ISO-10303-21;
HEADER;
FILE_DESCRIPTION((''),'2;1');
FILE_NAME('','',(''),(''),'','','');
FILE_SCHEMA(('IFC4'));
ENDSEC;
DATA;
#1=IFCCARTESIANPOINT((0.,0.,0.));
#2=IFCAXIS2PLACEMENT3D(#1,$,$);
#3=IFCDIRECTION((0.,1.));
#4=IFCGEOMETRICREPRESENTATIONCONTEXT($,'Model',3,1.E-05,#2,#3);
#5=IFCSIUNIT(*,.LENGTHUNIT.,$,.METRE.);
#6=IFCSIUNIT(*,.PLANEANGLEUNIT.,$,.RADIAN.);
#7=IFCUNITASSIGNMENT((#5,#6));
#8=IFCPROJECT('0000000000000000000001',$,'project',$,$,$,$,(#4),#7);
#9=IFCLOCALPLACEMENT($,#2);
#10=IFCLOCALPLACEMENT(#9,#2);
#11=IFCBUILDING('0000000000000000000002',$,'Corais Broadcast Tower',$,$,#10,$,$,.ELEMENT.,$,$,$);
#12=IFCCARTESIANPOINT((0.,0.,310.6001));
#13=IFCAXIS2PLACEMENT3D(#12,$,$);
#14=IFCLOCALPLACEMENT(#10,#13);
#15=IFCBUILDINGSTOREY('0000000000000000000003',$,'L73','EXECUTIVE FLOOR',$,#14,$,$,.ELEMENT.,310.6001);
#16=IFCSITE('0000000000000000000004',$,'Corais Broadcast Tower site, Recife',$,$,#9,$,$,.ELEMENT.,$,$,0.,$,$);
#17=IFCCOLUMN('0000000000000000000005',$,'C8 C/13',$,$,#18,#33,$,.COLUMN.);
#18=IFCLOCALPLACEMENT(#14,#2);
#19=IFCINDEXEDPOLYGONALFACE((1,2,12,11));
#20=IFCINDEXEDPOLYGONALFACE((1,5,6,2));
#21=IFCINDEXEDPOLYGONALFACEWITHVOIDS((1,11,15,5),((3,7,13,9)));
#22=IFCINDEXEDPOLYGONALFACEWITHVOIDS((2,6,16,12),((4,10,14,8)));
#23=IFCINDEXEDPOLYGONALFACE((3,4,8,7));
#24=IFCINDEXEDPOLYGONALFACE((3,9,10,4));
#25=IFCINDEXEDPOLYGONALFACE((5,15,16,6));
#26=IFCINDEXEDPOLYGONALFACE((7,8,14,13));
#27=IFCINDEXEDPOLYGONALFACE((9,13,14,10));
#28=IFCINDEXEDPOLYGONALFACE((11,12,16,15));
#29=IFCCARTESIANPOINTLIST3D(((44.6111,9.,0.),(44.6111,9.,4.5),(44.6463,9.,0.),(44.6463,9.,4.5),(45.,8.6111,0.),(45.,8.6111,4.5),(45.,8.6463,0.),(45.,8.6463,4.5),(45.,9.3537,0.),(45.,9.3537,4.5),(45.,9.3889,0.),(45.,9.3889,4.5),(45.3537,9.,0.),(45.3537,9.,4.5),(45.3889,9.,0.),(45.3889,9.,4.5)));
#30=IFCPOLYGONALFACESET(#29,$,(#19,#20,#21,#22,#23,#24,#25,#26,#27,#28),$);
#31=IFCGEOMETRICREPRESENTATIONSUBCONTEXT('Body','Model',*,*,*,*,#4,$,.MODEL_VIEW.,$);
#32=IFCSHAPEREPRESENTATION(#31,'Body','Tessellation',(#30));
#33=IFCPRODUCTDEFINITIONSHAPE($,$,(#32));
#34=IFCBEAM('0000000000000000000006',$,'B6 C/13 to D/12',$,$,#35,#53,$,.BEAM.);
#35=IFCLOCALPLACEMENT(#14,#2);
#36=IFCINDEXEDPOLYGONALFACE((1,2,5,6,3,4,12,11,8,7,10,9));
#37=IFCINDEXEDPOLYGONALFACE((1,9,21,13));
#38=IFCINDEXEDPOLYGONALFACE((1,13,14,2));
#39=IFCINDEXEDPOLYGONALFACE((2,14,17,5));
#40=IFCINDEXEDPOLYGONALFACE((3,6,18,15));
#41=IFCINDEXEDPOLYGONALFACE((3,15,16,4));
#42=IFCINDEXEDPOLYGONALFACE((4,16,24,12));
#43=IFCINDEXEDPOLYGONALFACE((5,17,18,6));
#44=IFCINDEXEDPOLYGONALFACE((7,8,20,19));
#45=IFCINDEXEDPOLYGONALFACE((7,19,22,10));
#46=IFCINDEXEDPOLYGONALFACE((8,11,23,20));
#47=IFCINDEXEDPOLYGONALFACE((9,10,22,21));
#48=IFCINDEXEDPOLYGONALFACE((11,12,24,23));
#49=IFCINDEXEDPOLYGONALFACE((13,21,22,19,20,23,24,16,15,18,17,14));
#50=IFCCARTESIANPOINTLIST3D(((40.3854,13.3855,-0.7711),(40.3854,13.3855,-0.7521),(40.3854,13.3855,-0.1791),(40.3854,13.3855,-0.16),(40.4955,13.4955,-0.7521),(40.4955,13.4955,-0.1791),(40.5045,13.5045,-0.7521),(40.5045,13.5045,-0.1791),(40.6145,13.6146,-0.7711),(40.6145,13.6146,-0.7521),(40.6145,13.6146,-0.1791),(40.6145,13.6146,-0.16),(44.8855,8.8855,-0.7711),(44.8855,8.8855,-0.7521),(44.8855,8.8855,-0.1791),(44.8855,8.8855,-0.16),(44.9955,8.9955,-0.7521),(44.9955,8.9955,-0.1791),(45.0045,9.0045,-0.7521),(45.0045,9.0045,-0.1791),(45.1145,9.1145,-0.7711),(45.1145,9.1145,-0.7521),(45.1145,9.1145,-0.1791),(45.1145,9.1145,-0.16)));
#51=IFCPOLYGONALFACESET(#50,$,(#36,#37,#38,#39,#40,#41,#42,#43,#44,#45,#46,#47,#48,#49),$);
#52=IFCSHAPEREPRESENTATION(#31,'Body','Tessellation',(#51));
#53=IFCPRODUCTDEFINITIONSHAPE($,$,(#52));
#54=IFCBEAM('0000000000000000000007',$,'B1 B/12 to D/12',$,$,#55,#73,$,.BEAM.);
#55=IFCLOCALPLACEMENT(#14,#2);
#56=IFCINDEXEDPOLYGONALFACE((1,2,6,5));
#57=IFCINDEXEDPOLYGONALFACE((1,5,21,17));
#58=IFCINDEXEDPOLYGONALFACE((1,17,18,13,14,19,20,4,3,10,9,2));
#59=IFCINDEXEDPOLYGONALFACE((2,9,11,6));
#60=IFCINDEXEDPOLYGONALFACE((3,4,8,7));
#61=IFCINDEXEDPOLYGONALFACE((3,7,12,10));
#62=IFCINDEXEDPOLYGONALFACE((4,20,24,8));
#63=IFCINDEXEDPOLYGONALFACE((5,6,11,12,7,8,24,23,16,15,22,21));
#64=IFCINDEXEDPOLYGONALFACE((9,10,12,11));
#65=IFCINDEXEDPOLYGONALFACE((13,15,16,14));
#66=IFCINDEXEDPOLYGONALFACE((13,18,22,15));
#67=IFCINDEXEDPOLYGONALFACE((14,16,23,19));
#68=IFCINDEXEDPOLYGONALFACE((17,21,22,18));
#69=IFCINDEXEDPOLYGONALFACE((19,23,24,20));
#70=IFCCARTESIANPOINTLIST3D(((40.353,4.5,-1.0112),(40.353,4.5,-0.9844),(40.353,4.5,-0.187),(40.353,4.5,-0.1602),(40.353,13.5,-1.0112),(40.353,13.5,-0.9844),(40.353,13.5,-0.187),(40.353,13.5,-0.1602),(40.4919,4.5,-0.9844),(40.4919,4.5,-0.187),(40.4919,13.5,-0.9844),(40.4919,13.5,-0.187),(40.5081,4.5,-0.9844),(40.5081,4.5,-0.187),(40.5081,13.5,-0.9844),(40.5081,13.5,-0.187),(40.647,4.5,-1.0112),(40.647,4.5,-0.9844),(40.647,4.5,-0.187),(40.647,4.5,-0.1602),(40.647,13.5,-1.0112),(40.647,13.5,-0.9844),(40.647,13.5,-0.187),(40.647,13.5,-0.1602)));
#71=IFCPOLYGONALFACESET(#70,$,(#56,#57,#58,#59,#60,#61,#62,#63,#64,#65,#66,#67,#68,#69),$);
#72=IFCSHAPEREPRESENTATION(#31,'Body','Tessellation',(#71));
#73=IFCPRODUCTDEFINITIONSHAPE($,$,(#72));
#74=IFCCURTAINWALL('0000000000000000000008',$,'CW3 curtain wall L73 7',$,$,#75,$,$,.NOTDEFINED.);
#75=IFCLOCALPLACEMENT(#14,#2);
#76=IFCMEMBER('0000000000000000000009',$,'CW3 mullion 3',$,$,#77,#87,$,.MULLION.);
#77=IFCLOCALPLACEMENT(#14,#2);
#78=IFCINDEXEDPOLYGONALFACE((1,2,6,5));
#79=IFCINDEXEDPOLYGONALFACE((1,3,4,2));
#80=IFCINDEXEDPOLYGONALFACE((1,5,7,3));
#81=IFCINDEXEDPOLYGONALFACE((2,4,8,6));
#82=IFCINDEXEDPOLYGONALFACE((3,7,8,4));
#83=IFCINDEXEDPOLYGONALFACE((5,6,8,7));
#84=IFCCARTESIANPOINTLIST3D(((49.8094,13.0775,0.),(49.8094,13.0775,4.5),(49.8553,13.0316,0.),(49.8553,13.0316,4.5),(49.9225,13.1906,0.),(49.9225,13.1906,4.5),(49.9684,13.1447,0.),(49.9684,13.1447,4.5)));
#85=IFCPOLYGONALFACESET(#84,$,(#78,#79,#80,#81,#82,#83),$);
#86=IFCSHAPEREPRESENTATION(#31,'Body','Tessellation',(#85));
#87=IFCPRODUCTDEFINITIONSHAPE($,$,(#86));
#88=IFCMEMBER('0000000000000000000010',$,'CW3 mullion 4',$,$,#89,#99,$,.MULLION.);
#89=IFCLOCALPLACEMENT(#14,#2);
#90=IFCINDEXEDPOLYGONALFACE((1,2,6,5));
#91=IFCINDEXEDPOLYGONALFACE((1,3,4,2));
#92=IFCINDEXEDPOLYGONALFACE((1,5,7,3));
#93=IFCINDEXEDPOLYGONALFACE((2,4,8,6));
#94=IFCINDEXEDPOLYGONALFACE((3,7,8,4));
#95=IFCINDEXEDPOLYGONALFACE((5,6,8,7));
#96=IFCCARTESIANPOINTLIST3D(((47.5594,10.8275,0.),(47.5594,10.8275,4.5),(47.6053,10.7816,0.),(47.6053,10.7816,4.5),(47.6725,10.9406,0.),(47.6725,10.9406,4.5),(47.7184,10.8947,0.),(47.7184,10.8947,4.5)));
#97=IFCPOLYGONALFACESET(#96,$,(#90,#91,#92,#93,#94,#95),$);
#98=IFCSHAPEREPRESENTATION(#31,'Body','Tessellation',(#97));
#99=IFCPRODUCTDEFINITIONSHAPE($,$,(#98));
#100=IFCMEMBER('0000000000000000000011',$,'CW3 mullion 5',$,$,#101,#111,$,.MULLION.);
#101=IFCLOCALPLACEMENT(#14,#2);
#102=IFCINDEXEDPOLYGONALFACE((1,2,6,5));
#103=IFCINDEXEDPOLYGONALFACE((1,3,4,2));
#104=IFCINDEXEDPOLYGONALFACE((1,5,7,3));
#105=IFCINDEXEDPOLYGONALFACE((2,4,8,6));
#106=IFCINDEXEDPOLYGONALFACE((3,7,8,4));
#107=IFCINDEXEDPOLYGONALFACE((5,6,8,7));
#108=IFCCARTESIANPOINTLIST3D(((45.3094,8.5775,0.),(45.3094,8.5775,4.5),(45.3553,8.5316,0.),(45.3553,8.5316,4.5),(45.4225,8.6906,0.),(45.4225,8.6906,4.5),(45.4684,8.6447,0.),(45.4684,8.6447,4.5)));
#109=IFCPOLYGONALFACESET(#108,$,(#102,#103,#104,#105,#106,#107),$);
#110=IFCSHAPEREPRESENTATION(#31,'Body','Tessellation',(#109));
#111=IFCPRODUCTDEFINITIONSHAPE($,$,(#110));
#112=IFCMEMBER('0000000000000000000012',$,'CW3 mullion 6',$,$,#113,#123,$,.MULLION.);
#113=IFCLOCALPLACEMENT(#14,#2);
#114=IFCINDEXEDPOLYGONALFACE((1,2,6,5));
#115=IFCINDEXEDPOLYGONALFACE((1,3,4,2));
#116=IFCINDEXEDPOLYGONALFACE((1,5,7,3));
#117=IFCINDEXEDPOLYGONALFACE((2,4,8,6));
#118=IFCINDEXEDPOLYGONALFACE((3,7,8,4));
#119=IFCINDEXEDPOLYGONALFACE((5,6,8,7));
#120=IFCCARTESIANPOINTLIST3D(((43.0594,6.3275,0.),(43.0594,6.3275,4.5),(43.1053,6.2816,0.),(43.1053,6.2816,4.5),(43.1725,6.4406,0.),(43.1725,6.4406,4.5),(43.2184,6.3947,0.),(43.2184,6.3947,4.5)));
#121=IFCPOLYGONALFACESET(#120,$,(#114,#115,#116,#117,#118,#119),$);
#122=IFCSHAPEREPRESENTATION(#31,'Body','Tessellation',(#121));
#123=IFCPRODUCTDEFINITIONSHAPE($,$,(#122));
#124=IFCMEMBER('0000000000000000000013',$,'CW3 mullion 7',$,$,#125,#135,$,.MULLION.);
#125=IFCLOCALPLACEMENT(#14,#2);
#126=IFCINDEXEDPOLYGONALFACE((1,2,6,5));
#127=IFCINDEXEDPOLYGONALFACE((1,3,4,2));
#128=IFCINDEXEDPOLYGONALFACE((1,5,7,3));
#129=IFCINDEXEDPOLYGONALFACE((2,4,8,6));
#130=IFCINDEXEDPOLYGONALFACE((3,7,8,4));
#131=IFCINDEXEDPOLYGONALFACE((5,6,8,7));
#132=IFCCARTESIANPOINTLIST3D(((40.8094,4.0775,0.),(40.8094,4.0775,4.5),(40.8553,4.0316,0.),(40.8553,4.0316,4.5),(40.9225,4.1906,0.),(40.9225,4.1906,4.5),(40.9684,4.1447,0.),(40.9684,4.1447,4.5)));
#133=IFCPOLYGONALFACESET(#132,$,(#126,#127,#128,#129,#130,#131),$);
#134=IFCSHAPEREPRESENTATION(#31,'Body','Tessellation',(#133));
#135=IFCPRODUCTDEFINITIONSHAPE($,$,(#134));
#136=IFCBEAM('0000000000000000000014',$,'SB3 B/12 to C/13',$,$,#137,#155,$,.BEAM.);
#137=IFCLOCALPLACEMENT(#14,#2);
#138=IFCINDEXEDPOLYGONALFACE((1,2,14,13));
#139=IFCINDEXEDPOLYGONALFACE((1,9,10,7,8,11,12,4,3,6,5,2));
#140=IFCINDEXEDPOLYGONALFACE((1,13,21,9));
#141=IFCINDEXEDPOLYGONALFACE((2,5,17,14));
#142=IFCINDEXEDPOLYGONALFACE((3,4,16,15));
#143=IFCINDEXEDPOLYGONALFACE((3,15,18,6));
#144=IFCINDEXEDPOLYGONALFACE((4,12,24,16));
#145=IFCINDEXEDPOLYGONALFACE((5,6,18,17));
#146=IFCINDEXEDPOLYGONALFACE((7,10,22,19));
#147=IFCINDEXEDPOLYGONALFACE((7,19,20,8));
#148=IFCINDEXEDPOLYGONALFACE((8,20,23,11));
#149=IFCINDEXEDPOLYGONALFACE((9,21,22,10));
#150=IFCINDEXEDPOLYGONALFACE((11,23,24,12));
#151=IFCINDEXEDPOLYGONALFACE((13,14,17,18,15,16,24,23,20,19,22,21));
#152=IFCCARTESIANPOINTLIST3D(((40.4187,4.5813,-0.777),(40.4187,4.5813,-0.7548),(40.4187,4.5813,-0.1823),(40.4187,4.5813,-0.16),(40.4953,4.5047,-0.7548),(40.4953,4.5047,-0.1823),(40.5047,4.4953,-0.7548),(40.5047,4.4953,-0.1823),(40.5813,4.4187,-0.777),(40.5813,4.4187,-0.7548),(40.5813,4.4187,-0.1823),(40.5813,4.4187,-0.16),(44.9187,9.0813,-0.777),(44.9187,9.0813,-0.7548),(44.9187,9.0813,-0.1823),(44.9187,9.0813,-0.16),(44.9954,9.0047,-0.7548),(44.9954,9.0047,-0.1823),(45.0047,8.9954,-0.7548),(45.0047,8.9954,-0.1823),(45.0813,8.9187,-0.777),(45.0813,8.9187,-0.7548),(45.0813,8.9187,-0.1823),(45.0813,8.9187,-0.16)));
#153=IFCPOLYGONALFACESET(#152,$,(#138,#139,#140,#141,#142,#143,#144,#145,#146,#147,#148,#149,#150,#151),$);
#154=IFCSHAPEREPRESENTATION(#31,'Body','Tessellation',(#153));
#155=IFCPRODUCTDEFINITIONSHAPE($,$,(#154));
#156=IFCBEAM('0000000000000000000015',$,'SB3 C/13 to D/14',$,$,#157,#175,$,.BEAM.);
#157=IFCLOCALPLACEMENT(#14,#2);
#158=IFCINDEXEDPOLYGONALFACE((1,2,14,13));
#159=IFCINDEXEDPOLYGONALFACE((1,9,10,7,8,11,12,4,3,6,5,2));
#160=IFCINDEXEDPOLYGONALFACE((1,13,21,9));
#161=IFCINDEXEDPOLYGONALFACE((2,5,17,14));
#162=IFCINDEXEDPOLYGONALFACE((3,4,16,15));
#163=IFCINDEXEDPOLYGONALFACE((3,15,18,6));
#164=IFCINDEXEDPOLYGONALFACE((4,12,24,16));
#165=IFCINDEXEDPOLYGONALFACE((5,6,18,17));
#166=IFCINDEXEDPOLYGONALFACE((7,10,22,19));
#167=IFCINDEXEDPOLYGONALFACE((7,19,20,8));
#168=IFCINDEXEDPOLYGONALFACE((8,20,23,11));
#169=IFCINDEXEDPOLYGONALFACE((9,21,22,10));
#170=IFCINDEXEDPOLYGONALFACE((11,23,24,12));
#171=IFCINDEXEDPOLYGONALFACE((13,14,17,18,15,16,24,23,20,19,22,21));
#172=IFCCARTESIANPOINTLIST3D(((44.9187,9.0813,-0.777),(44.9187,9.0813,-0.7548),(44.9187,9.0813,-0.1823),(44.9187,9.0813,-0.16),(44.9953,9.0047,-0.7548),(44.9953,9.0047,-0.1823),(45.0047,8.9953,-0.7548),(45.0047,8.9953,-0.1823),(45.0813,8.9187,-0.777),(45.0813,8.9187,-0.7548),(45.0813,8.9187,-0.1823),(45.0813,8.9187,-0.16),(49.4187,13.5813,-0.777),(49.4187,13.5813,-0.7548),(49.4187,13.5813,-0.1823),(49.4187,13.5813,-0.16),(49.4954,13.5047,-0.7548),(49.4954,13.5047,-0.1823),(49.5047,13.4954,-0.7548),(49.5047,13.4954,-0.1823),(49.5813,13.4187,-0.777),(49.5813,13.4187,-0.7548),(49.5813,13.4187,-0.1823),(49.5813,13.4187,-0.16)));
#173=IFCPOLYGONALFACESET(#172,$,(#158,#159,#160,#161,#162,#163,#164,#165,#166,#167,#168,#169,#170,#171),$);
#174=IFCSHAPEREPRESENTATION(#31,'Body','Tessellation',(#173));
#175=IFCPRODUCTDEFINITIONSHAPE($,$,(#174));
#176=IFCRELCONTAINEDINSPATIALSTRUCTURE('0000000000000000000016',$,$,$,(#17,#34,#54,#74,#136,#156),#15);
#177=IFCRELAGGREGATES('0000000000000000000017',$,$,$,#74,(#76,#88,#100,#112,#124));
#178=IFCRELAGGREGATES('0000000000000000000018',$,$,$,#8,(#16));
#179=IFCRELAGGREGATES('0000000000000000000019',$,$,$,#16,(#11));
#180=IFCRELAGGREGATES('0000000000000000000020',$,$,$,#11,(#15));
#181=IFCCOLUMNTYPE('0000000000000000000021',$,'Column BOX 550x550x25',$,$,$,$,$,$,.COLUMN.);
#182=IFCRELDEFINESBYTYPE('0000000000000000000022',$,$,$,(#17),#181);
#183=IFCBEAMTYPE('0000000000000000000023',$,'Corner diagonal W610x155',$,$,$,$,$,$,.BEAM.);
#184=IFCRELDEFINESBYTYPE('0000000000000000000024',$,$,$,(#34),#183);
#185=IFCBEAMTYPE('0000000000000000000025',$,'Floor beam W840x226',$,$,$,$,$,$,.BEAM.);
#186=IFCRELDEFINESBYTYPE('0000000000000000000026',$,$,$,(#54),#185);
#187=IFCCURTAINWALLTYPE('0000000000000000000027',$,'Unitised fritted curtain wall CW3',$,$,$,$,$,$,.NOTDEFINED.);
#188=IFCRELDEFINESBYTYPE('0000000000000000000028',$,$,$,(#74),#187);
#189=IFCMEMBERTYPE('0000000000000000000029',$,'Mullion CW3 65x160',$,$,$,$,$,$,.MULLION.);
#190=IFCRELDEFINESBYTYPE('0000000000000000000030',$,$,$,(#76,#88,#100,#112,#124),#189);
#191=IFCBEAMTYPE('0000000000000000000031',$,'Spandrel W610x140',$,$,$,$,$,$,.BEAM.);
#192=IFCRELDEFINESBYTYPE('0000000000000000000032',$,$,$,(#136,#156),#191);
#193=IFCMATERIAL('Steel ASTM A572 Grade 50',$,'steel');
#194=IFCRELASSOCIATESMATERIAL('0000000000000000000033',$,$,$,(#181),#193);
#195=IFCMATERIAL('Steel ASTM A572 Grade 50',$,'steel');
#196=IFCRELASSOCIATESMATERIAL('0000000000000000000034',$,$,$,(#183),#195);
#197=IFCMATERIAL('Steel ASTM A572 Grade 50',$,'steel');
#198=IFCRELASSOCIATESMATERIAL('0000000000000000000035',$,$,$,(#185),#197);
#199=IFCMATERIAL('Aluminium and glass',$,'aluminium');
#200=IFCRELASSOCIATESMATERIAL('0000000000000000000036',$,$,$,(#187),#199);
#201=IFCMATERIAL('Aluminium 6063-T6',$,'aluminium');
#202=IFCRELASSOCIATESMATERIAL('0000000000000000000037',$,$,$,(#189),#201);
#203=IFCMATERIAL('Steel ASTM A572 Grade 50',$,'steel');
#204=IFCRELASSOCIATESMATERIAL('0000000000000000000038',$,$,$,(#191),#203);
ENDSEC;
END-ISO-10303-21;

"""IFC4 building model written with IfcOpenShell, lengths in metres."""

from ifc_helpers import new_model, si_unit, direction, frame, origin, origin_2d, place, context, subcontext, project, spatial, rectangle, hollow_rectangle, i_section, extrude, material, material_profile, profile_set, type_object, element, aggregate, save


model = new_model("IFC4")

# Units and contexts
model_context = context("Model", 3, precision=1e-05, world=origin(), true_north=direction((0.0, 1.0)))
body_context = subcontext(model_context, "Body", "Model", "MODEL_VIEW")
ifc_project = project(units=[si_unit("LENGTHUNIT", "METRE"), si_unit("PLANEANGLEUNIT", "RADIAN")], contexts=[model_context])

# Site, building, storey
site_placement = place(None, origin())
site = spatial("IfcSite", under=ifc_project, at=site_placement, Name="Corais Broadcast Tower site, Recife", CompositionType="ELEMENT", RefElevation=0.0)
building_placement = place(site_placement, origin())
building = spatial("IfcBuilding", under=site, at=building_placement, Name="Corais Broadcast Tower", CompositionType="ELEMENT")
storey_placement = place(building_placement, frame((0.0, 0.0, 310.6001)))
storey = spatial("IfcBuildingStorey", under=building, at=storey_placement, Name="L73", Description="EXECUTIVE FLOOR", CompositionType="ELEMENT", Elevation=310.6001)

# Column
ifc_material_1 = material(Name="Steel ASTM A572 Grade 50", Category="steel")
ifc_material_profile_1 = material_profile(ifc_material_1, hollow_rectangle(XDim=0.55, YDim=0.55, WallThickness=0.0249, at=origin_2d()), Name="BOX 550x550x25")
ifc_profile_set_1 = profile_set([ifc_material_profile_1], Name="Steel ASTM A572 Grade 50")
column_type = type_object("IfcColumnType", Name="Column BOX 550x550x25", PredefinedType="COLUMN", material=ifc_profile_set_1)
column_placement = place(storey_placement, frame((45.0, 9.0, 0.0), z_axis=(0.0, 0.0, 1.0), x_axis=(0.707107, 0.707107, 0.0)))
element("IfcColumn", 1, at=column_placement, inside=storey, type_object=column_type, Name="C8 C/13", PredefinedType="COLUMN", context=body_context, shape_type="SweptSolid", body=[
    extrude(hollow_rectangle(XDim=0.55, YDim=0.55, WallThickness=0.0249, at=origin_2d()), origin(), (0.0, 0.0, 1.0), 4.5),
])

# Beams
ifc_material_2 = material(Name="Steel ASTM A572 Grade 50", Category="steel")
ifc_material_profile_2 = material_profile(ifc_material_2, i_section(OverallWidth=0.324, OverallDepth=0.6111, WebThickness=0.0127, FlangeThickness=0.019, at=origin_2d()), Name="W610x155")
ifc_profile_set_2 = profile_set([ifc_material_profile_2], Name="Steel ASTM A572 Grade 50")
beam_type_1 = type_object("IfcBeamType", Name="Corner diagonal W610x155", PredefinedType="BEAM", material=ifc_profile_set_2)
beam_1_placement = place(storey_placement, frame((45.0, 9.0, -0.4656), z_axis=(-0.707107, 0.707107, 0.0), x_axis=(-0.707107, -0.707107, 0.0)))
element("IfcBeam", 2, at=beam_1_placement, inside=storey, type_object=beam_type_1, Name="B6 C/13 to D/12", PredefinedType="BEAM", context=body_context, shape_type="SweptSolid", body=[
    extrude(i_section(OverallWidth=0.324, OverallDepth=0.6111, WebThickness=0.0127, FlangeThickness=0.019, at=origin_2d()), origin(), (0.0, 0.0, 1.0), 6.364),
])
ifc_material_3 = material(Name="Steel ASTM A572 Grade 50", Category="steel")
ifc_material_profile_3 = material_profile(ifc_material_3, i_section(OverallWidth=0.2939, OverallDepth=0.8511, WebThickness=0.0161, FlangeThickness=0.0269, at=origin_2d()), Name="W840x226")
ifc_profile_set_3 = profile_set([ifc_material_profile_3], Name="Steel ASTM A572 Grade 50")
beam_type_2 = type_object("IfcBeamType", Name="Floor beam W840x226", PredefinedType="BEAM", material=ifc_profile_set_3)
beam_2_placement = place(storey_placement, frame((40.5, 4.5, -0.5857), z_axis=(0.0, 1.0, 0.0), x_axis=(-1.0, 0.0, 0.0)))
element("IfcBeam", 3, at=beam_2_placement, inside=storey, type_object=beam_type_2, Name="B1 B/12 to D/12", PredefinedType="BEAM", context=body_context, shape_type="SweptSolid", body=[
    extrude(i_section(OverallWidth=0.2939, OverallDepth=0.8511, WebThickness=0.0161, FlangeThickness=0.0269, at=origin_2d()), origin(), (0.0, 0.0, 1.0), 9.0),
])

# Curtain wall, members
ifc_material_4 = material(Name="Aluminium and glass", Category="aluminium")
curtain_wall_type = type_object("IfcCurtainWallType", Name="Unitised fritted curtain wall CW3", PredefinedType="NOTDEFINED", material=ifc_material_4)
curtain_wall_placement = place(storey_placement, origin())
curtain_wall = element("IfcCurtainWall", 4, at=curtain_wall_placement, inside=storey, type_object=curtain_wall_type, Name="CW3 curtain wall L73 7", PredefinedType="NOTDEFINED")
ifc_material_5 = material(Name="Aluminium 6063-T6", Category="aluminium")
ifc_material_profile_4 = material_profile(ifc_material_5, rectangle(XDim=0.0649, YDim=0.1599, at=origin_2d()), Name="Mullion CW3 65x160")
ifc_profile_set_4 = profile_set([ifc_material_profile_4], Name="Aluminium 6063-T6")
member_type_1 = type_object("IfcMemberType", Name="Mullion CW3 65x160", PredefinedType="MULLION", material=ifc_profile_set_4)
member_1_placement = place(storey_placement, frame((49.8889, 13.1111, 0.0), z_axis=(0.0, 0.0, 1.0), x_axis=(0.707107, -0.707107, 0.0)))
member_1 = element("IfcMember", 5, at=member_1_placement, type_object=member_type_1, Name="CW3 mullion 3", PredefinedType="MULLION", context=body_context, shape_type="SweptSolid", body=[
    extrude(rectangle(XDim=0.0649, YDim=0.1599, at=origin_2d()), origin(), (0.0, 0.0, 1.0), 4.5),
])
member_2_placement = place(storey_placement, frame((47.6389, 10.8611, 0.0), z_axis=(0.0, 0.0, 1.0), x_axis=(0.707107, -0.707107, 0.0)))
member_2 = element("IfcMember", 6, at=member_2_placement, type_object=member_type_1, Name="CW3 mullion 4", PredefinedType="MULLION", context=body_context, shape_type="SweptSolid", body=[
    extrude(rectangle(XDim=0.0649, YDim=0.1599, at=origin_2d()), origin(), (0.0, 0.0, 1.0), 4.5),
])
member_3_placement = place(storey_placement, frame((45.3889, 8.6111, 0.0), z_axis=(0.0, 0.0, 1.0), x_axis=(0.707107, -0.707107, 0.0)))
member_3 = element("IfcMember", 7, at=member_3_placement, type_object=member_type_1, Name="CW3 mullion 5", PredefinedType="MULLION", context=body_context, shape_type="SweptSolid", body=[
    extrude(rectangle(XDim=0.0649, YDim=0.1599, at=origin_2d()), origin(), (0.0, 0.0, 1.0), 4.5),
])
member_4_placement = place(storey_placement, frame((43.1389, 6.3611, 0.0), z_axis=(0.0, 0.0, 1.0), x_axis=(0.707107, -0.707107, 0.0)))
member_4 = element("IfcMember", 8, at=member_4_placement, type_object=member_type_1, Name="CW3 mullion 6", PredefinedType="MULLION", context=body_context, shape_type="SweptSolid", body=[
    extrude(rectangle(XDim=0.0649, YDim=0.1599, at=origin_2d()), origin(), (0.0, 0.0, 1.0), 4.5),
])
member_5_placement = place(storey_placement, frame((40.8889, 4.1111, 0.0), z_axis=(0.0, 0.0, 1.0), x_axis=(0.707107, -0.707107, 0.0)))
member_5 = element("IfcMember", 9, at=member_5_placement, type_object=member_type_1, Name="CW3 mullion 7", PredefinedType="MULLION", context=body_context, shape_type="SweptSolid", body=[
    extrude(rectangle(XDim=0.0649, YDim=0.1599, at=origin_2d()), origin(), (0.0, 0.0, 1.0), 4.5),
])

# Beams
ifc_material_6 = material(Name="Steel ASTM A572 Grade 50", Category="steel")
ifc_material_profile_5 = material_profile(ifc_material_6, i_section(OverallWidth=0.23, OverallDepth=0.6169, WebThickness=0.0132, FlangeThickness=0.0222, at=origin_2d()), Name="W610x140")
ifc_profile_set_5 = profile_set([ifc_material_profile_5], Name="Steel ASTM A572 Grade 50")
beam_type_3 = type_object("IfcBeamType", Name="Spandrel W610x140", PredefinedType="BEAM", material=ifc_profile_set_5)
for number, where, z_axis, x_axis, name in (
    (10, (40.5, 4.5, -0.4685), (0.707107, 0.707107, 0.0), (-0.707107, 0.707107, 0.0), "SB3 B/12 to C/13"),
    (11, (45.0, 9.0, -0.4685), (0.707107, 0.707107, 0.0), (-0.707107, 0.707107, 0.0), "SB3 C/13 to D/14"),
):
    element("IfcBeam", number, at=place(storey_placement, frame(where, z_axis=z_axis, x_axis=x_axis)), inside=storey, type_object=beam_type_3, Name=name, PredefinedType="BEAM", context=body_context, shape_type="SweptSolid", body=[
        extrude(i_section(OverallWidth=0.23, OverallDepth=0.6169, WebThickness=0.0132, FlangeThickness=0.0222, at=origin_2d()), origin(), (0.0, 0.0, 1.0), 6.364),
    ])

aggregate(curtain_wall, [member_1, member_2, member_3, member_4, member_5])

save(model, "model.ifc")
